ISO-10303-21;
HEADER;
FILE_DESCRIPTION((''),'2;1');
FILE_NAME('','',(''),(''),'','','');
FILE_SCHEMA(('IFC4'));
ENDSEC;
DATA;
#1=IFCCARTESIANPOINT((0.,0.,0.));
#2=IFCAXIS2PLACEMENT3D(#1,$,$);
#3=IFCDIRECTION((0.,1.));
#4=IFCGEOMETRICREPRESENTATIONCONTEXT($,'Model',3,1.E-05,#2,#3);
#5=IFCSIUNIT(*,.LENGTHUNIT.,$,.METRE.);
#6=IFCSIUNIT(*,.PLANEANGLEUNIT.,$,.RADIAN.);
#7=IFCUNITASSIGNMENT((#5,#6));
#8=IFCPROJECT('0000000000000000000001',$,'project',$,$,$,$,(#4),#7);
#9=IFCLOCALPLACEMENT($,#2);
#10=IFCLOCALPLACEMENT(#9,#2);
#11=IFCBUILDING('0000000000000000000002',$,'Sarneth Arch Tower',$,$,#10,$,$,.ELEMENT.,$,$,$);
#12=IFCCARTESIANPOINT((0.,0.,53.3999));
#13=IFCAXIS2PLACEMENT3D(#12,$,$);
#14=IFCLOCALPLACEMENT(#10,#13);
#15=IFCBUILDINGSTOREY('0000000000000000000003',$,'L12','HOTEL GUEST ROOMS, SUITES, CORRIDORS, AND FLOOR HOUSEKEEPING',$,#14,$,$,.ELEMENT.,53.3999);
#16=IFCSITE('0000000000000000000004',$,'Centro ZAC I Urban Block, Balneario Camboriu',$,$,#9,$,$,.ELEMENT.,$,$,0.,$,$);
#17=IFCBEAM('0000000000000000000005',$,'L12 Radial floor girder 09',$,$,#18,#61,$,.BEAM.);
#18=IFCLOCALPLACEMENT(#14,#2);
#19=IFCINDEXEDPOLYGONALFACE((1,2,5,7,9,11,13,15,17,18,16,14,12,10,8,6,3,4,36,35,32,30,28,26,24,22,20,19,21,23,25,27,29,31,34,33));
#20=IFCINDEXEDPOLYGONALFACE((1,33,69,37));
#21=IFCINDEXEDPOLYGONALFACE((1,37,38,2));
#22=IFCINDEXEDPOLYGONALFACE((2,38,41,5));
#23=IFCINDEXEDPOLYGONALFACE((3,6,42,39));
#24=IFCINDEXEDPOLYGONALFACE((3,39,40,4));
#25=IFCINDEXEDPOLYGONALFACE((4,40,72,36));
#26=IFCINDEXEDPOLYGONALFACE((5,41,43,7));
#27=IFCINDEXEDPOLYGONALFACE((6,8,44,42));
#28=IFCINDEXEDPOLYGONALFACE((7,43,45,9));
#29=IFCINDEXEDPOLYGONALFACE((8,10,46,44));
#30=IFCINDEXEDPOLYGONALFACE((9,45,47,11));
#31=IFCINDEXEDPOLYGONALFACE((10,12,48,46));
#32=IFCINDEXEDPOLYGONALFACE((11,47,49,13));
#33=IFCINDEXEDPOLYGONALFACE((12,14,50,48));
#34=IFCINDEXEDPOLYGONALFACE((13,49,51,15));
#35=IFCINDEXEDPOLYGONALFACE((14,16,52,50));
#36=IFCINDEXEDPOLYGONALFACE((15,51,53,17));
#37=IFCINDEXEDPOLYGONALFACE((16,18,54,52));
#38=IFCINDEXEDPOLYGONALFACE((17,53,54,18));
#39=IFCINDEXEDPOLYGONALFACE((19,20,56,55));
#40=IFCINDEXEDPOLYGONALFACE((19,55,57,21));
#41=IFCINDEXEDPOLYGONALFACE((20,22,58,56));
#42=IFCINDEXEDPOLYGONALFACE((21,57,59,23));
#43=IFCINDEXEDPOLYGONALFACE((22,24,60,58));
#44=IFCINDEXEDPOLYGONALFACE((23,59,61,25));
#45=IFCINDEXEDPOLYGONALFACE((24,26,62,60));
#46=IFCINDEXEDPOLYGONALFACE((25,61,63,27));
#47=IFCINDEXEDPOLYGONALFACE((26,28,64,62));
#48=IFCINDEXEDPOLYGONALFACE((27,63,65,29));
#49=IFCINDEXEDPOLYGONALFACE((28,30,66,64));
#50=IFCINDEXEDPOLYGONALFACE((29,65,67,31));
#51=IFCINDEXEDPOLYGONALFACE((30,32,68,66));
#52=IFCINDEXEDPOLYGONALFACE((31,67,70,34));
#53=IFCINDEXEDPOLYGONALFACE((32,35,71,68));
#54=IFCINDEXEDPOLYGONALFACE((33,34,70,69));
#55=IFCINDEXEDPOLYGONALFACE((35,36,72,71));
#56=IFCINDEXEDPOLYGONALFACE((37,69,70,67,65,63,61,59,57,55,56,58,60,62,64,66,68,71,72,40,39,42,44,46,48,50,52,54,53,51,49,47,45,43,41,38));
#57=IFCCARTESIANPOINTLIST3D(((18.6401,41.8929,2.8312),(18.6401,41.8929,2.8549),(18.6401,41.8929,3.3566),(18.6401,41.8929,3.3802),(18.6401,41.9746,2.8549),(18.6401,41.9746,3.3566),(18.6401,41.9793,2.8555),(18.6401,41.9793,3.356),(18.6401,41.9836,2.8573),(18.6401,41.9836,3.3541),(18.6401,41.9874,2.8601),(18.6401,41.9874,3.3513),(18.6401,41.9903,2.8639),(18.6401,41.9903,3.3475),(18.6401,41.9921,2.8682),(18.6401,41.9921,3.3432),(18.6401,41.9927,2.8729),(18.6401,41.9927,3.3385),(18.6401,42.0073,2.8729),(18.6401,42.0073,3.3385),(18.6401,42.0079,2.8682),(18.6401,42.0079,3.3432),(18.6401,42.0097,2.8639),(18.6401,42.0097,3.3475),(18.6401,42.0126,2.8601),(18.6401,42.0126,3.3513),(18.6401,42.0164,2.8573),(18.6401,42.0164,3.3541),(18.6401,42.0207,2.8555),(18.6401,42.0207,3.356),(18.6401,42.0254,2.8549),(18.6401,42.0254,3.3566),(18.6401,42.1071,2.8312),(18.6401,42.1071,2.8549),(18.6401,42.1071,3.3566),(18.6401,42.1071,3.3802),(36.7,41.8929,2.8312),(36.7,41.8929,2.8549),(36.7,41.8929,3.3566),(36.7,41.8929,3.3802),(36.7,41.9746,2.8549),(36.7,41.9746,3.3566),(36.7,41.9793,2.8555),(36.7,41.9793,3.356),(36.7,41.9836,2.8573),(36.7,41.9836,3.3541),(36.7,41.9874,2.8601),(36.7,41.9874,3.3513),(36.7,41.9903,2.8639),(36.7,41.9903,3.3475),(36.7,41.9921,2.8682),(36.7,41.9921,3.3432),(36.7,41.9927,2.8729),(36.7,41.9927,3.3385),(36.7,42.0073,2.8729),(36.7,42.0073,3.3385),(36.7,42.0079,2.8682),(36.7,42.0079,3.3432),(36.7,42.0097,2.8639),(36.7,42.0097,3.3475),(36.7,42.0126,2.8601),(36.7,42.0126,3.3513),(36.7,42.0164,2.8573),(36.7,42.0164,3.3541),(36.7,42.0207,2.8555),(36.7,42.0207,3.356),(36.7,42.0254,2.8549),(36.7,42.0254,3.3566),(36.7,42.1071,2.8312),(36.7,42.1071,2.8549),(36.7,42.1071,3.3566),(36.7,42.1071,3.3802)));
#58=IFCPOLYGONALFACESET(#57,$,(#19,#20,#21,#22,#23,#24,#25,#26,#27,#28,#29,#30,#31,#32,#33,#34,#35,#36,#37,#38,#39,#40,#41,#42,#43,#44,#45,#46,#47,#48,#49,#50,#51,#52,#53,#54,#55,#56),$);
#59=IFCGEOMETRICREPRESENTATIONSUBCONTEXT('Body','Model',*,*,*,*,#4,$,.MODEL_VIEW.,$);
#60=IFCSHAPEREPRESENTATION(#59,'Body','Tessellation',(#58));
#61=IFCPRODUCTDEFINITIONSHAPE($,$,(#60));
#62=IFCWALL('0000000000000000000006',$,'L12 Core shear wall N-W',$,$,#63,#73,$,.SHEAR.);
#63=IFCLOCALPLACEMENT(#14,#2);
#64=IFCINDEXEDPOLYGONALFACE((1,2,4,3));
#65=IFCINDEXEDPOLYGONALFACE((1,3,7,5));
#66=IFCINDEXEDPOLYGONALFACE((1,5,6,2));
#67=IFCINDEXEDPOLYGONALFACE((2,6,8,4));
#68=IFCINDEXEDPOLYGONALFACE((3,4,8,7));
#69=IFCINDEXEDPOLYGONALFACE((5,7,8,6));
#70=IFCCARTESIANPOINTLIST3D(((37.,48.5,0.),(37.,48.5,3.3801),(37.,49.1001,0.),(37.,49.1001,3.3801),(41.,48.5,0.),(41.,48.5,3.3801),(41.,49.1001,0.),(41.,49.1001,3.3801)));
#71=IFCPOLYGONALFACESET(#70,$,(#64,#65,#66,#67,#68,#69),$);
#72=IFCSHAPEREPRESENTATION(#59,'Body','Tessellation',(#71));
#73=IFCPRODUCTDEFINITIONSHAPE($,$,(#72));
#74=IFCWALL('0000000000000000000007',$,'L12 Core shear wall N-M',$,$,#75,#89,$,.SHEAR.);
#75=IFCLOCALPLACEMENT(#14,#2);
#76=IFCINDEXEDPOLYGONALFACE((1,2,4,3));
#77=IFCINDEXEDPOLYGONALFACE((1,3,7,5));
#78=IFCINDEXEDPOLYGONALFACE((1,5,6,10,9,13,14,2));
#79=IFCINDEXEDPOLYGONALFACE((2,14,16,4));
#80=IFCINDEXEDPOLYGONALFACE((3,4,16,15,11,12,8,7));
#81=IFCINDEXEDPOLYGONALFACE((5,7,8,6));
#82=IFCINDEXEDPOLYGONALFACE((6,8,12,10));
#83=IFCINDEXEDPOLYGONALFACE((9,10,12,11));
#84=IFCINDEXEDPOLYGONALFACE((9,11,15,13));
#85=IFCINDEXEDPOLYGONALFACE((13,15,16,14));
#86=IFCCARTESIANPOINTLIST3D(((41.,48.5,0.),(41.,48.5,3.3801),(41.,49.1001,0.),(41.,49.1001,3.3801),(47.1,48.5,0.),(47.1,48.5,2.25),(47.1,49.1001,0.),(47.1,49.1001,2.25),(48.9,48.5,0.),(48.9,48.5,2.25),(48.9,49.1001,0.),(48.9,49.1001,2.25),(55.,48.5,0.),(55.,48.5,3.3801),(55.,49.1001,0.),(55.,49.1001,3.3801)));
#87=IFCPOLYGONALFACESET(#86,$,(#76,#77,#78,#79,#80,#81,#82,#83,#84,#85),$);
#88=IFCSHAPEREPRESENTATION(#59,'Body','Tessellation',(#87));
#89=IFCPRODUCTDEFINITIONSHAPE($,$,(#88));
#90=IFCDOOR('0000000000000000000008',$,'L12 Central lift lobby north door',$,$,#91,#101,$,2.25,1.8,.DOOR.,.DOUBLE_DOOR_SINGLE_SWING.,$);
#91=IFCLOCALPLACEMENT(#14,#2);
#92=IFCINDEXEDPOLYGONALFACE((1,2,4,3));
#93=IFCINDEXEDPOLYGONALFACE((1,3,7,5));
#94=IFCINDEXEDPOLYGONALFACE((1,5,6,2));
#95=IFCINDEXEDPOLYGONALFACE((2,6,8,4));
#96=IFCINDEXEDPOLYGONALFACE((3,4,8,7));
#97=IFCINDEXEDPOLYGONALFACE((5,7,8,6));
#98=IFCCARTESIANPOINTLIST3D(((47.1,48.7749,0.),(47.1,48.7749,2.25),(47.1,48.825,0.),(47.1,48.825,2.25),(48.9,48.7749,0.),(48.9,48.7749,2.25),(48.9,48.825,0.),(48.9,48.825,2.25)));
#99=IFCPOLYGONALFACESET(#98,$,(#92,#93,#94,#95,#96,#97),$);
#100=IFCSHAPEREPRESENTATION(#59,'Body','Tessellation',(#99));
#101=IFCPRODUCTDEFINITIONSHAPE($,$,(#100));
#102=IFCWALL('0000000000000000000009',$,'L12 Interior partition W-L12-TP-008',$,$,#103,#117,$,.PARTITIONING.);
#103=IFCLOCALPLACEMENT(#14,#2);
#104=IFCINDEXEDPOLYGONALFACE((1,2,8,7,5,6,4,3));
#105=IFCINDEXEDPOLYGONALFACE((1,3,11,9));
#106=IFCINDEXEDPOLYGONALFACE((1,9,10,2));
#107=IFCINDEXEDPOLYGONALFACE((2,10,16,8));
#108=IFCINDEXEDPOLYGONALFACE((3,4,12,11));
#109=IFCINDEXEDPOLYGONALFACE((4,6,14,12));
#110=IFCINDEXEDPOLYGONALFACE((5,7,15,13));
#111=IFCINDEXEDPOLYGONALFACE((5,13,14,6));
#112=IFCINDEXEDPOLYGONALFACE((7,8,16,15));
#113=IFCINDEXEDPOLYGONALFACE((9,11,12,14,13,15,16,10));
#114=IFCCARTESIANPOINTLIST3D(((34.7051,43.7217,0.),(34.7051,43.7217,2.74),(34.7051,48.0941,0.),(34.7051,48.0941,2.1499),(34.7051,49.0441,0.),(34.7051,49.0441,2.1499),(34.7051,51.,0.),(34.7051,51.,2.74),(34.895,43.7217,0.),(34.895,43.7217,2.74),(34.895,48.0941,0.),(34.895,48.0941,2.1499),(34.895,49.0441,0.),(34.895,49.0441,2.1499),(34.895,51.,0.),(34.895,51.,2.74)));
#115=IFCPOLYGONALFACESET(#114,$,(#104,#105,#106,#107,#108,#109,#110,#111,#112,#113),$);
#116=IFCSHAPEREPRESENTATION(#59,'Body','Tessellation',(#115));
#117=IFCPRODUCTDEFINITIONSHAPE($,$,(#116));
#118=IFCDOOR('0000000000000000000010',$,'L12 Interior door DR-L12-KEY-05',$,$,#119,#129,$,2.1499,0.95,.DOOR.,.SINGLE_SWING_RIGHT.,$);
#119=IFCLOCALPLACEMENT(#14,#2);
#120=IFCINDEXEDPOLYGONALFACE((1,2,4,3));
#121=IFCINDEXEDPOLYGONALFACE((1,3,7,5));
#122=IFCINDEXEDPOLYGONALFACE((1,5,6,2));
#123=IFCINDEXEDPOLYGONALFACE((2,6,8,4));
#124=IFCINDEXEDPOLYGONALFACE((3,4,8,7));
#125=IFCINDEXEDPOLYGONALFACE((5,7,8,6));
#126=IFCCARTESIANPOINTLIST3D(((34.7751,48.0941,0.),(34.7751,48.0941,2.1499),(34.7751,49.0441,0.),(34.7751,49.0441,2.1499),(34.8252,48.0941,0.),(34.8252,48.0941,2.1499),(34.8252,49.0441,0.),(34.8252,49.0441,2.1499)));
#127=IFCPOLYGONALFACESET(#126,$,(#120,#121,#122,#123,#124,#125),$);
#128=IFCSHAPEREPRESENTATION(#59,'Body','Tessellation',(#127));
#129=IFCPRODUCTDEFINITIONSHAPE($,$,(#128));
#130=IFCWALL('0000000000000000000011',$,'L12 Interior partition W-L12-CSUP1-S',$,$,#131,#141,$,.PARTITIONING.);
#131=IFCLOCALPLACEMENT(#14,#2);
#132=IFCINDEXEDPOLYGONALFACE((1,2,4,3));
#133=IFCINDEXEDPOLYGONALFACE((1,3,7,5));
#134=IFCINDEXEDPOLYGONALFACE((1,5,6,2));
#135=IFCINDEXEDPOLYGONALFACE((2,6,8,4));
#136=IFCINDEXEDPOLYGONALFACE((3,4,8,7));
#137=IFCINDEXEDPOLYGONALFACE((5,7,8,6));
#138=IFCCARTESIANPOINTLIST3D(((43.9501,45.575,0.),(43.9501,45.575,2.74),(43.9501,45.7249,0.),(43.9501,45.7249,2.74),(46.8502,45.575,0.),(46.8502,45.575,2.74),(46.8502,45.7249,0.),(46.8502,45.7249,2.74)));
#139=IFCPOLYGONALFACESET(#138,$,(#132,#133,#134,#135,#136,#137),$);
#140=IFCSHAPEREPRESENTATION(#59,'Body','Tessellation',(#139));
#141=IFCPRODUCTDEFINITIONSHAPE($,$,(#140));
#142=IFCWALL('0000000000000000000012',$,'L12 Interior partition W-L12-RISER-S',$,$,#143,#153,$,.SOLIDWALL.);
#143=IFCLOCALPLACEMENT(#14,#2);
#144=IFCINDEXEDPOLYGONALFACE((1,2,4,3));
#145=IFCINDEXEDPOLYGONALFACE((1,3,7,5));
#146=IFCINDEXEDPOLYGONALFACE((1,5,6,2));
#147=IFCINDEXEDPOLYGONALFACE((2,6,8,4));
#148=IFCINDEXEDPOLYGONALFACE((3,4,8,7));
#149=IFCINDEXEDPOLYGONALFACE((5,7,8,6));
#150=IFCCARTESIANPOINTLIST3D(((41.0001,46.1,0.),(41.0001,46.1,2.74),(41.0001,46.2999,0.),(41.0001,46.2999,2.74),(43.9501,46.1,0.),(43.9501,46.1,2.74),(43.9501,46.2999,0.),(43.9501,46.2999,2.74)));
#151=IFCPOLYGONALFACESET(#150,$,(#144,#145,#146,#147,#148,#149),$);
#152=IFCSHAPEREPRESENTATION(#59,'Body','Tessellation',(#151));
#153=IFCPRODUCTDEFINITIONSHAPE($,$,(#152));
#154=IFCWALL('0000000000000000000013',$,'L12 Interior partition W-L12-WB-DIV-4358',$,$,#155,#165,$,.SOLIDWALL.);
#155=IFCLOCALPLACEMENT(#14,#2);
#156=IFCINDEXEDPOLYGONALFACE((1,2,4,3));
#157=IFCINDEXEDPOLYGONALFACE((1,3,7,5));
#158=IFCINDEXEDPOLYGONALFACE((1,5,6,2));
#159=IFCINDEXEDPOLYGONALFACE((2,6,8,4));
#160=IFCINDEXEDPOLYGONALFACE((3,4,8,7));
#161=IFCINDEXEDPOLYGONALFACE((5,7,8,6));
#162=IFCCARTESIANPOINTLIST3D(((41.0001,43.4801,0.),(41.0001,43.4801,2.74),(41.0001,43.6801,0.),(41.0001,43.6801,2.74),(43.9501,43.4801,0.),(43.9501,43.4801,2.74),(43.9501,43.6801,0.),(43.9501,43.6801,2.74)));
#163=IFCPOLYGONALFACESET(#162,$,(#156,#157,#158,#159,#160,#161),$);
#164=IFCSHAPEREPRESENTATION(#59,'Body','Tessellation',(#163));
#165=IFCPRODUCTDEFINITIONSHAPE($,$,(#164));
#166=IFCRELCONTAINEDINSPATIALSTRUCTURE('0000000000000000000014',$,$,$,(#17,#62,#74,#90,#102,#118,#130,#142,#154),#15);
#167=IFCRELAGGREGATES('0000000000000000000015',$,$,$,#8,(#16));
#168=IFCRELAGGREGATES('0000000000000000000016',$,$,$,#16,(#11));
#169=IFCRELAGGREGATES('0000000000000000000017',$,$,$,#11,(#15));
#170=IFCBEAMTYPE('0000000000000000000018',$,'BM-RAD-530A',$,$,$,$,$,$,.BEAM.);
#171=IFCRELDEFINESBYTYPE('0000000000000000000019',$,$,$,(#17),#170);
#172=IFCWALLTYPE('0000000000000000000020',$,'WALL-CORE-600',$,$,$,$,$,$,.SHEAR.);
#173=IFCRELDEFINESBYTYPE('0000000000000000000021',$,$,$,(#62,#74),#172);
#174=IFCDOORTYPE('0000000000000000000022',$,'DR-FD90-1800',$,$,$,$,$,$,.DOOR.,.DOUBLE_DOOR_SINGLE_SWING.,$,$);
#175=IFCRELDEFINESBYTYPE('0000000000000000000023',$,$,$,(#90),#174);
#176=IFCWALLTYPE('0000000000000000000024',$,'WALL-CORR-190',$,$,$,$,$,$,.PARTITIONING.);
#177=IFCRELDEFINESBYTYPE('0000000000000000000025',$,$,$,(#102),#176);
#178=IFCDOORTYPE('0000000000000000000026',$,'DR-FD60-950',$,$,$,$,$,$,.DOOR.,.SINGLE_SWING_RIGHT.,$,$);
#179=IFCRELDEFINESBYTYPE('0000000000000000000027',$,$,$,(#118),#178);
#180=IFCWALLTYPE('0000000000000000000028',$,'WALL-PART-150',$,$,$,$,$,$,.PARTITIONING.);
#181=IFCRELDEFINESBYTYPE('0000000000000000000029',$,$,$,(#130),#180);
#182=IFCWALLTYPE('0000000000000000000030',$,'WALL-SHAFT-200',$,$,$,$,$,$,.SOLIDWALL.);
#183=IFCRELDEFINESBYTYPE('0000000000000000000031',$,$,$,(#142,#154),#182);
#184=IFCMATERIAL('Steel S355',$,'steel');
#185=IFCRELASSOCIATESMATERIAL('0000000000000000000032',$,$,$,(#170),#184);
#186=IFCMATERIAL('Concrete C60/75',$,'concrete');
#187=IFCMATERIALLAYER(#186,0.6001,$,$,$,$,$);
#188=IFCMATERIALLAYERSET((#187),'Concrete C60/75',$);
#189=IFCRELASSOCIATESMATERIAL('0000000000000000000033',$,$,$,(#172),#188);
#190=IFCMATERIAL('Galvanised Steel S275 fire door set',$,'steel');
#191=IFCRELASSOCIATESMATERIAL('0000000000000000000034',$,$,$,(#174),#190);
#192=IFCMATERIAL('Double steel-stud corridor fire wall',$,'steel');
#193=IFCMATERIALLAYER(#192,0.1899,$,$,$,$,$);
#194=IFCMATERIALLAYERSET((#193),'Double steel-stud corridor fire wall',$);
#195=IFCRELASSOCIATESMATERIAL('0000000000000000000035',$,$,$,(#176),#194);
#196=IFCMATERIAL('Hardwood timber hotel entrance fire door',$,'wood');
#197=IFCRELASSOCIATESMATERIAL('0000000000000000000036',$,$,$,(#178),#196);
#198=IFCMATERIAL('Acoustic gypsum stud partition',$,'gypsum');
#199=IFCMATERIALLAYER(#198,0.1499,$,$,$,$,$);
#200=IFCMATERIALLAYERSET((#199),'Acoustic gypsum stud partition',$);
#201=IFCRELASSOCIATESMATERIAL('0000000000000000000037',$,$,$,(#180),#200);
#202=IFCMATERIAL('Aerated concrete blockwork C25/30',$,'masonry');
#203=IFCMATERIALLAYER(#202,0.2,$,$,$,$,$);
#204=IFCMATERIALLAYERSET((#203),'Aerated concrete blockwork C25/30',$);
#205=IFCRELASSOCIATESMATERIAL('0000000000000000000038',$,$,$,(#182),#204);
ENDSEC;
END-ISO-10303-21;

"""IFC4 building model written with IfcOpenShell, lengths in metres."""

from ifc_helpers import new_model, si_unit, direction, frame, frame_2d, origin, origin_2d, place, context, subcontext, project, spatial, rectangle, i_section, extrude, material, layer, layer_set, material_profile, profile_set, type_object, element, fill, save


model = new_model("IFC4")

# Units and contexts
model_context = context("Model", 3, precision=1e-05, world=origin(), true_north=direction((0.0, 1.0)))
body_context = subcontext(model_context, "Body", "Model", "MODEL_VIEW")
ifc_project = project(units=[si_unit("LENGTHUNIT", "METRE"), si_unit("PLANEANGLEUNIT", "RADIAN")], contexts=[model_context])

# Site, building, storey
site_placement = place(None, origin())
site = spatial("IfcSite", under=ifc_project, at=site_placement, Name="Centro ZAC I Urban Block, Balneario Camboriu", CompositionType="ELEMENT", RefElevation=0.0)
building_placement = place(site_placement, origin())
building = spatial("IfcBuilding", under=site, at=building_placement, Name="Sarneth Arch Tower", CompositionType="ELEMENT")
storey_placement = place(building_placement, frame((0.0, 0.0, 53.3999)))
storey = spatial("IfcBuildingStorey", under=building, at=storey_placement, Name="L12", Description="HOTEL GUEST ROOMS, SUITES, CORRIDORS, AND FLOOR HOUSEKEEPING", CompositionType="ELEMENT", Elevation=53.3999)

# Beam
ifc_material_1 = material(Name="Steel S355", Category="steel")
ifc_material_profile = material_profile(ifc_material_1, i_section(OverallWidth=0.2141, OverallDepth=0.5491, WebThickness=0.0146, FlangeThickness=0.0237, FilletRadius=0.0181, at=origin_2d()), Name="W530x138")
ifc_profile_set = profile_set([ifc_material_profile], Name="Steel S355")
beam_type = type_object("IfcBeamType", Name="BM-RAD-530A", PredefinedType="BEAM", material=ifc_profile_set)
beam_1_placement = place(storey_placement, frame((36.7, 42.0, 3.1057), z_axis=(-1.0, 0.0, 0.0), x_axis=(0.0, -1.0, 0.0)))
element("IfcBeam", 1, at=beam_1_placement, inside=storey, type_object=beam_type, Name="L12 Radial floor girder 09", PredefinedType="BEAM", context=body_context, shape_type="SweptSolid", body=[
    extrude(i_section(OverallWidth=0.2141, OverallDepth=0.5491, WebThickness=0.0146, FlangeThickness=0.0237, FilletRadius=0.0181, at=origin_2d()), origin(), (0.0, 0.0, 1.0), 18.0598),
])

# Wall
ifc_material_2 = material(Name="Concrete C60/75", Category="concrete")
ifc_layer_1 = layer(ifc_material_2, 0.6001)
ifc_layer_set_1 = layer_set([ifc_layer_1], Name="Concrete C60/75")
wall_type_1 = type_object("IfcWallType", Name="WALL-CORE-600", PredefinedType="SHEAR", material=ifc_layer_set_1)
wall_1_placement = place(storey_placement, frame((37.0, 48.8, 0.0), z_axis=(0.0, 0.0, 1.0), x_axis=(1.0, 0.0, 0.0)))
element("IfcWall", 2, at=wall_1_placement, inside=storey, type_object=wall_type_1, Name="L12 Core shear wall N-W", PredefinedType="SHEAR", context=body_context, shape_type="SweptSolid", body=[
    extrude(rectangle(XDim=4.0, YDim=0.6001, at=frame_2d((2.0, 0.0))), origin(), (0.0, 0.0, 1.0), 3.3801),
])

# Walls, openings, doors
wall_2_placement = place(storey_placement, frame((41.0, 48.8, 0.0), z_axis=(0.0, 0.0, 1.0), x_axis=(1.0, 0.0, 0.0)))
wall_2 = element("IfcWall", 3, at=wall_2_placement, inside=storey, type_object=wall_type_1, Name="L12 Core shear wall N-M", PredefinedType="SHEAR", context=body_context, shape_type="SweptSolid", body=[
    extrude(rectangle(XDim=14.0, YDim=0.6001, at=frame_2d((7.0, 0.0))), origin(), (0.0, 0.0, 1.0), 3.3801),
])
opening_1_placement = place(wall_2_placement, frame((6.1001, 0.0, 0.0)))
opening_1 = element("IfcOpeningElement", 4, at=opening_1_placement, cuts=wall_2, PredefinedType="OPENING", context=body_context, shape_type="SweptSolid", body=[
    extrude(rectangle(XDim=1.8, YDim=2.25, at=frame_2d((0.8999, 1.125))), frame((0.0, 0.3101, 0.0), z_axis=(0.0, -1.0, 0.0), x_axis=(1.0, 0.0, 0.0)), (0.0, 0.0, 1.0), 0.6201),
])
ifc_material_3 = material(Name="Galvanised Steel S275 fire door set", Category="steel")
door_type_1 = type_object("IfcDoorType", Name="DR-FD90-1800", OperationType="DOUBLE_DOOR_SINGLE_SWING", PredefinedType="DOOR", material=ifc_material_3)
door_1_placement = place(opening_1_placement, origin())
door_1 = element("IfcDoor", 5, at=door_1_placement, inside=storey, type_object=door_type_1, Name="L12 Central lift lobby north door", OperationType="DOUBLE_DOOR_SINGLE_SWING", OverallHeight=2.25, OverallWidth=1.8, PredefinedType="DOOR", context=body_context, shape_type="SweptSolid", body=[
    extrude(rectangle(XDim=1.8, YDim=2.25, at=frame_2d((0.8999, 1.125))), frame((0.0, 0.0249, 0.0), z_axis=(0.0, -1.0, 0.0), x_axis=(1.0, 0.0, 0.0)), (0.0, 0.0, 1.0), 0.05),
])
fill(opening_1, door_1)
ifc_material_4 = material(Name="Double steel-stud corridor fire wall", Category="steel")
ifc_layer_2 = layer(ifc_material_4, 0.1899)
ifc_layer_set_2 = layer_set([ifc_layer_2], Name="Double steel-stud corridor fire wall")
wall_type_2 = type_object("IfcWallType", Name="WALL-CORR-190", PredefinedType="PARTITIONING", material=ifc_layer_set_2)
wall_3_placement = place(storey_placement, frame((34.8, 43.7217, 0.0), z_axis=(0.0, 0.0, 1.0), x_axis=(0.0, 1.0, 0.0)))
wall_3 = element("IfcWall", 6, at=wall_3_placement, inside=storey, type_object=wall_type_2, Name="L12 Interior partition W-L12-TP-008", PredefinedType="PARTITIONING", context=body_context, shape_type="SweptSolid", body=[
    extrude(rectangle(XDim=7.2783, YDim=0.1899, at=frame_2d((3.6392, 0.0))), origin(), (0.0, 0.0, 1.0), 2.74),
])
opening_2_placement = place(wall_3_placement, frame((4.3723, 0.0, 0.0)))
opening_2 = element("IfcOpeningElement", 7, at=opening_2_placement, cuts=wall_3, PredefinedType="OPENING", context=body_context, shape_type="SweptSolid", body=[
    extrude(rectangle(XDim=0.95, YDim=2.1499, at=frame_2d((0.4751, 1.075))), frame((0.0, 0.105, 0.0), z_axis=(0.0, -1.0, 0.0), x_axis=(1.0, 0.0, 0.0)), (0.0, 0.0, 1.0), 0.21),
])
ifc_material_5 = material(Name="Hardwood timber hotel entrance fire door", Category="wood")
door_type_2 = type_object("IfcDoorType", Name="DR-FD60-950", OperationType="SINGLE_SWING_RIGHT", PredefinedType="DOOR", material=ifc_material_5)
door_2_placement = place(opening_2_placement, origin())
door_2 = element("IfcDoor", 8, at=door_2_placement, inside=storey, type_object=door_type_2, Name="L12 Interior door DR-L12-KEY-05", OperationType="SINGLE_SWING_RIGHT", OverallHeight=2.1499, OverallWidth=0.95, PredefinedType="DOOR", context=body_context, shape_type="SweptSolid", body=[
    extrude(rectangle(XDim=0.95, YDim=2.1499, at=frame_2d((0.4751, 1.075))), frame((0.0, 0.0249, 0.0), z_axis=(0.0, -1.0, 0.0), x_axis=(1.0, 0.0, 0.0)), (0.0, 0.0, 1.0), 0.05),
])
fill(opening_2, door_2)

# Wall
ifc_material_6 = material(Name="Acoustic gypsum stud partition", Category="gypsum")
ifc_layer_3 = layer(ifc_material_6, 0.1499)
ifc_layer_set_3 = layer_set([ifc_layer_3], Name="Acoustic gypsum stud partition")
wall_type_3 = type_object("IfcWallType", Name="WALL-PART-150", PredefinedType="PARTITIONING", material=ifc_layer_set_3)
wall_4_placement = place(storey_placement, frame((43.95, 45.6499, 0.0), z_axis=(0.0, 0.0, 1.0), x_axis=(1.0, 0.0, 0.0)))
element("IfcWall", 9, at=wall_4_placement, inside=storey, type_object=wall_type_3, Name="L12 Interior partition W-L12-CSUP1-S", PredefinedType="PARTITIONING", context=body_context, shape_type="SweptSolid", body=[
    extrude(rectangle(XDim=2.9001, YDim=0.1499, at=frame_2d((1.4502, 0.0))), origin(), (0.0, 0.0, 1.0), 2.74),
])

# Wall
ifc_material_7 = material(Name="Aerated concrete blockwork C25/30", Category="masonry")
ifc_layer_4 = layer(ifc_material_7, 0.2)
ifc_layer_set_4 = layer_set([ifc_layer_4], Name="Aerated concrete blockwork C25/30")
wall_type_4 = type_object("IfcWallType", Name="WALL-SHAFT-200", PredefinedType="SOLIDWALL", material=ifc_layer_set_4)
wall_5_placement = place(storey_placement, frame((41.0, 46.2, 0.0), z_axis=(0.0, 0.0, 1.0), x_axis=(1.0, 0.0, 0.0)))
element("IfcWall", 10, at=wall_5_placement, inside=storey, type_object=wall_type_4, Name="L12 Interior partition W-L12-RISER-S", PredefinedType="SOLIDWALL", context=body_context, shape_type="SweptSolid", body=[
    extrude(rectangle(XDim=2.95, YDim=0.2, at=frame_2d((1.4751, 0.0))), origin(), (0.0, 0.0, 1.0), 2.74),
])

# Wall
wall_6_placement = place(storey_placement, frame((41.0, 43.5801, 0.0), z_axis=(0.0, 0.0, 1.0), x_axis=(1.0, 0.0, 0.0)))
element("IfcWall", 11, at=wall_6_placement, inside=storey, type_object=wall_type_4, Name="L12 Interior partition W-L12-WB-DIV-4358", PredefinedType="SOLIDWALL", context=body_context, shape_type="SweptSolid", body=[
    extrude(rectangle(XDim=2.95, YDim=0.2, at=frame_2d((1.4751, 0.0))), origin(), (0.0, 0.0, 1.0), 2.74),
])

save(model, "model.ifc")
